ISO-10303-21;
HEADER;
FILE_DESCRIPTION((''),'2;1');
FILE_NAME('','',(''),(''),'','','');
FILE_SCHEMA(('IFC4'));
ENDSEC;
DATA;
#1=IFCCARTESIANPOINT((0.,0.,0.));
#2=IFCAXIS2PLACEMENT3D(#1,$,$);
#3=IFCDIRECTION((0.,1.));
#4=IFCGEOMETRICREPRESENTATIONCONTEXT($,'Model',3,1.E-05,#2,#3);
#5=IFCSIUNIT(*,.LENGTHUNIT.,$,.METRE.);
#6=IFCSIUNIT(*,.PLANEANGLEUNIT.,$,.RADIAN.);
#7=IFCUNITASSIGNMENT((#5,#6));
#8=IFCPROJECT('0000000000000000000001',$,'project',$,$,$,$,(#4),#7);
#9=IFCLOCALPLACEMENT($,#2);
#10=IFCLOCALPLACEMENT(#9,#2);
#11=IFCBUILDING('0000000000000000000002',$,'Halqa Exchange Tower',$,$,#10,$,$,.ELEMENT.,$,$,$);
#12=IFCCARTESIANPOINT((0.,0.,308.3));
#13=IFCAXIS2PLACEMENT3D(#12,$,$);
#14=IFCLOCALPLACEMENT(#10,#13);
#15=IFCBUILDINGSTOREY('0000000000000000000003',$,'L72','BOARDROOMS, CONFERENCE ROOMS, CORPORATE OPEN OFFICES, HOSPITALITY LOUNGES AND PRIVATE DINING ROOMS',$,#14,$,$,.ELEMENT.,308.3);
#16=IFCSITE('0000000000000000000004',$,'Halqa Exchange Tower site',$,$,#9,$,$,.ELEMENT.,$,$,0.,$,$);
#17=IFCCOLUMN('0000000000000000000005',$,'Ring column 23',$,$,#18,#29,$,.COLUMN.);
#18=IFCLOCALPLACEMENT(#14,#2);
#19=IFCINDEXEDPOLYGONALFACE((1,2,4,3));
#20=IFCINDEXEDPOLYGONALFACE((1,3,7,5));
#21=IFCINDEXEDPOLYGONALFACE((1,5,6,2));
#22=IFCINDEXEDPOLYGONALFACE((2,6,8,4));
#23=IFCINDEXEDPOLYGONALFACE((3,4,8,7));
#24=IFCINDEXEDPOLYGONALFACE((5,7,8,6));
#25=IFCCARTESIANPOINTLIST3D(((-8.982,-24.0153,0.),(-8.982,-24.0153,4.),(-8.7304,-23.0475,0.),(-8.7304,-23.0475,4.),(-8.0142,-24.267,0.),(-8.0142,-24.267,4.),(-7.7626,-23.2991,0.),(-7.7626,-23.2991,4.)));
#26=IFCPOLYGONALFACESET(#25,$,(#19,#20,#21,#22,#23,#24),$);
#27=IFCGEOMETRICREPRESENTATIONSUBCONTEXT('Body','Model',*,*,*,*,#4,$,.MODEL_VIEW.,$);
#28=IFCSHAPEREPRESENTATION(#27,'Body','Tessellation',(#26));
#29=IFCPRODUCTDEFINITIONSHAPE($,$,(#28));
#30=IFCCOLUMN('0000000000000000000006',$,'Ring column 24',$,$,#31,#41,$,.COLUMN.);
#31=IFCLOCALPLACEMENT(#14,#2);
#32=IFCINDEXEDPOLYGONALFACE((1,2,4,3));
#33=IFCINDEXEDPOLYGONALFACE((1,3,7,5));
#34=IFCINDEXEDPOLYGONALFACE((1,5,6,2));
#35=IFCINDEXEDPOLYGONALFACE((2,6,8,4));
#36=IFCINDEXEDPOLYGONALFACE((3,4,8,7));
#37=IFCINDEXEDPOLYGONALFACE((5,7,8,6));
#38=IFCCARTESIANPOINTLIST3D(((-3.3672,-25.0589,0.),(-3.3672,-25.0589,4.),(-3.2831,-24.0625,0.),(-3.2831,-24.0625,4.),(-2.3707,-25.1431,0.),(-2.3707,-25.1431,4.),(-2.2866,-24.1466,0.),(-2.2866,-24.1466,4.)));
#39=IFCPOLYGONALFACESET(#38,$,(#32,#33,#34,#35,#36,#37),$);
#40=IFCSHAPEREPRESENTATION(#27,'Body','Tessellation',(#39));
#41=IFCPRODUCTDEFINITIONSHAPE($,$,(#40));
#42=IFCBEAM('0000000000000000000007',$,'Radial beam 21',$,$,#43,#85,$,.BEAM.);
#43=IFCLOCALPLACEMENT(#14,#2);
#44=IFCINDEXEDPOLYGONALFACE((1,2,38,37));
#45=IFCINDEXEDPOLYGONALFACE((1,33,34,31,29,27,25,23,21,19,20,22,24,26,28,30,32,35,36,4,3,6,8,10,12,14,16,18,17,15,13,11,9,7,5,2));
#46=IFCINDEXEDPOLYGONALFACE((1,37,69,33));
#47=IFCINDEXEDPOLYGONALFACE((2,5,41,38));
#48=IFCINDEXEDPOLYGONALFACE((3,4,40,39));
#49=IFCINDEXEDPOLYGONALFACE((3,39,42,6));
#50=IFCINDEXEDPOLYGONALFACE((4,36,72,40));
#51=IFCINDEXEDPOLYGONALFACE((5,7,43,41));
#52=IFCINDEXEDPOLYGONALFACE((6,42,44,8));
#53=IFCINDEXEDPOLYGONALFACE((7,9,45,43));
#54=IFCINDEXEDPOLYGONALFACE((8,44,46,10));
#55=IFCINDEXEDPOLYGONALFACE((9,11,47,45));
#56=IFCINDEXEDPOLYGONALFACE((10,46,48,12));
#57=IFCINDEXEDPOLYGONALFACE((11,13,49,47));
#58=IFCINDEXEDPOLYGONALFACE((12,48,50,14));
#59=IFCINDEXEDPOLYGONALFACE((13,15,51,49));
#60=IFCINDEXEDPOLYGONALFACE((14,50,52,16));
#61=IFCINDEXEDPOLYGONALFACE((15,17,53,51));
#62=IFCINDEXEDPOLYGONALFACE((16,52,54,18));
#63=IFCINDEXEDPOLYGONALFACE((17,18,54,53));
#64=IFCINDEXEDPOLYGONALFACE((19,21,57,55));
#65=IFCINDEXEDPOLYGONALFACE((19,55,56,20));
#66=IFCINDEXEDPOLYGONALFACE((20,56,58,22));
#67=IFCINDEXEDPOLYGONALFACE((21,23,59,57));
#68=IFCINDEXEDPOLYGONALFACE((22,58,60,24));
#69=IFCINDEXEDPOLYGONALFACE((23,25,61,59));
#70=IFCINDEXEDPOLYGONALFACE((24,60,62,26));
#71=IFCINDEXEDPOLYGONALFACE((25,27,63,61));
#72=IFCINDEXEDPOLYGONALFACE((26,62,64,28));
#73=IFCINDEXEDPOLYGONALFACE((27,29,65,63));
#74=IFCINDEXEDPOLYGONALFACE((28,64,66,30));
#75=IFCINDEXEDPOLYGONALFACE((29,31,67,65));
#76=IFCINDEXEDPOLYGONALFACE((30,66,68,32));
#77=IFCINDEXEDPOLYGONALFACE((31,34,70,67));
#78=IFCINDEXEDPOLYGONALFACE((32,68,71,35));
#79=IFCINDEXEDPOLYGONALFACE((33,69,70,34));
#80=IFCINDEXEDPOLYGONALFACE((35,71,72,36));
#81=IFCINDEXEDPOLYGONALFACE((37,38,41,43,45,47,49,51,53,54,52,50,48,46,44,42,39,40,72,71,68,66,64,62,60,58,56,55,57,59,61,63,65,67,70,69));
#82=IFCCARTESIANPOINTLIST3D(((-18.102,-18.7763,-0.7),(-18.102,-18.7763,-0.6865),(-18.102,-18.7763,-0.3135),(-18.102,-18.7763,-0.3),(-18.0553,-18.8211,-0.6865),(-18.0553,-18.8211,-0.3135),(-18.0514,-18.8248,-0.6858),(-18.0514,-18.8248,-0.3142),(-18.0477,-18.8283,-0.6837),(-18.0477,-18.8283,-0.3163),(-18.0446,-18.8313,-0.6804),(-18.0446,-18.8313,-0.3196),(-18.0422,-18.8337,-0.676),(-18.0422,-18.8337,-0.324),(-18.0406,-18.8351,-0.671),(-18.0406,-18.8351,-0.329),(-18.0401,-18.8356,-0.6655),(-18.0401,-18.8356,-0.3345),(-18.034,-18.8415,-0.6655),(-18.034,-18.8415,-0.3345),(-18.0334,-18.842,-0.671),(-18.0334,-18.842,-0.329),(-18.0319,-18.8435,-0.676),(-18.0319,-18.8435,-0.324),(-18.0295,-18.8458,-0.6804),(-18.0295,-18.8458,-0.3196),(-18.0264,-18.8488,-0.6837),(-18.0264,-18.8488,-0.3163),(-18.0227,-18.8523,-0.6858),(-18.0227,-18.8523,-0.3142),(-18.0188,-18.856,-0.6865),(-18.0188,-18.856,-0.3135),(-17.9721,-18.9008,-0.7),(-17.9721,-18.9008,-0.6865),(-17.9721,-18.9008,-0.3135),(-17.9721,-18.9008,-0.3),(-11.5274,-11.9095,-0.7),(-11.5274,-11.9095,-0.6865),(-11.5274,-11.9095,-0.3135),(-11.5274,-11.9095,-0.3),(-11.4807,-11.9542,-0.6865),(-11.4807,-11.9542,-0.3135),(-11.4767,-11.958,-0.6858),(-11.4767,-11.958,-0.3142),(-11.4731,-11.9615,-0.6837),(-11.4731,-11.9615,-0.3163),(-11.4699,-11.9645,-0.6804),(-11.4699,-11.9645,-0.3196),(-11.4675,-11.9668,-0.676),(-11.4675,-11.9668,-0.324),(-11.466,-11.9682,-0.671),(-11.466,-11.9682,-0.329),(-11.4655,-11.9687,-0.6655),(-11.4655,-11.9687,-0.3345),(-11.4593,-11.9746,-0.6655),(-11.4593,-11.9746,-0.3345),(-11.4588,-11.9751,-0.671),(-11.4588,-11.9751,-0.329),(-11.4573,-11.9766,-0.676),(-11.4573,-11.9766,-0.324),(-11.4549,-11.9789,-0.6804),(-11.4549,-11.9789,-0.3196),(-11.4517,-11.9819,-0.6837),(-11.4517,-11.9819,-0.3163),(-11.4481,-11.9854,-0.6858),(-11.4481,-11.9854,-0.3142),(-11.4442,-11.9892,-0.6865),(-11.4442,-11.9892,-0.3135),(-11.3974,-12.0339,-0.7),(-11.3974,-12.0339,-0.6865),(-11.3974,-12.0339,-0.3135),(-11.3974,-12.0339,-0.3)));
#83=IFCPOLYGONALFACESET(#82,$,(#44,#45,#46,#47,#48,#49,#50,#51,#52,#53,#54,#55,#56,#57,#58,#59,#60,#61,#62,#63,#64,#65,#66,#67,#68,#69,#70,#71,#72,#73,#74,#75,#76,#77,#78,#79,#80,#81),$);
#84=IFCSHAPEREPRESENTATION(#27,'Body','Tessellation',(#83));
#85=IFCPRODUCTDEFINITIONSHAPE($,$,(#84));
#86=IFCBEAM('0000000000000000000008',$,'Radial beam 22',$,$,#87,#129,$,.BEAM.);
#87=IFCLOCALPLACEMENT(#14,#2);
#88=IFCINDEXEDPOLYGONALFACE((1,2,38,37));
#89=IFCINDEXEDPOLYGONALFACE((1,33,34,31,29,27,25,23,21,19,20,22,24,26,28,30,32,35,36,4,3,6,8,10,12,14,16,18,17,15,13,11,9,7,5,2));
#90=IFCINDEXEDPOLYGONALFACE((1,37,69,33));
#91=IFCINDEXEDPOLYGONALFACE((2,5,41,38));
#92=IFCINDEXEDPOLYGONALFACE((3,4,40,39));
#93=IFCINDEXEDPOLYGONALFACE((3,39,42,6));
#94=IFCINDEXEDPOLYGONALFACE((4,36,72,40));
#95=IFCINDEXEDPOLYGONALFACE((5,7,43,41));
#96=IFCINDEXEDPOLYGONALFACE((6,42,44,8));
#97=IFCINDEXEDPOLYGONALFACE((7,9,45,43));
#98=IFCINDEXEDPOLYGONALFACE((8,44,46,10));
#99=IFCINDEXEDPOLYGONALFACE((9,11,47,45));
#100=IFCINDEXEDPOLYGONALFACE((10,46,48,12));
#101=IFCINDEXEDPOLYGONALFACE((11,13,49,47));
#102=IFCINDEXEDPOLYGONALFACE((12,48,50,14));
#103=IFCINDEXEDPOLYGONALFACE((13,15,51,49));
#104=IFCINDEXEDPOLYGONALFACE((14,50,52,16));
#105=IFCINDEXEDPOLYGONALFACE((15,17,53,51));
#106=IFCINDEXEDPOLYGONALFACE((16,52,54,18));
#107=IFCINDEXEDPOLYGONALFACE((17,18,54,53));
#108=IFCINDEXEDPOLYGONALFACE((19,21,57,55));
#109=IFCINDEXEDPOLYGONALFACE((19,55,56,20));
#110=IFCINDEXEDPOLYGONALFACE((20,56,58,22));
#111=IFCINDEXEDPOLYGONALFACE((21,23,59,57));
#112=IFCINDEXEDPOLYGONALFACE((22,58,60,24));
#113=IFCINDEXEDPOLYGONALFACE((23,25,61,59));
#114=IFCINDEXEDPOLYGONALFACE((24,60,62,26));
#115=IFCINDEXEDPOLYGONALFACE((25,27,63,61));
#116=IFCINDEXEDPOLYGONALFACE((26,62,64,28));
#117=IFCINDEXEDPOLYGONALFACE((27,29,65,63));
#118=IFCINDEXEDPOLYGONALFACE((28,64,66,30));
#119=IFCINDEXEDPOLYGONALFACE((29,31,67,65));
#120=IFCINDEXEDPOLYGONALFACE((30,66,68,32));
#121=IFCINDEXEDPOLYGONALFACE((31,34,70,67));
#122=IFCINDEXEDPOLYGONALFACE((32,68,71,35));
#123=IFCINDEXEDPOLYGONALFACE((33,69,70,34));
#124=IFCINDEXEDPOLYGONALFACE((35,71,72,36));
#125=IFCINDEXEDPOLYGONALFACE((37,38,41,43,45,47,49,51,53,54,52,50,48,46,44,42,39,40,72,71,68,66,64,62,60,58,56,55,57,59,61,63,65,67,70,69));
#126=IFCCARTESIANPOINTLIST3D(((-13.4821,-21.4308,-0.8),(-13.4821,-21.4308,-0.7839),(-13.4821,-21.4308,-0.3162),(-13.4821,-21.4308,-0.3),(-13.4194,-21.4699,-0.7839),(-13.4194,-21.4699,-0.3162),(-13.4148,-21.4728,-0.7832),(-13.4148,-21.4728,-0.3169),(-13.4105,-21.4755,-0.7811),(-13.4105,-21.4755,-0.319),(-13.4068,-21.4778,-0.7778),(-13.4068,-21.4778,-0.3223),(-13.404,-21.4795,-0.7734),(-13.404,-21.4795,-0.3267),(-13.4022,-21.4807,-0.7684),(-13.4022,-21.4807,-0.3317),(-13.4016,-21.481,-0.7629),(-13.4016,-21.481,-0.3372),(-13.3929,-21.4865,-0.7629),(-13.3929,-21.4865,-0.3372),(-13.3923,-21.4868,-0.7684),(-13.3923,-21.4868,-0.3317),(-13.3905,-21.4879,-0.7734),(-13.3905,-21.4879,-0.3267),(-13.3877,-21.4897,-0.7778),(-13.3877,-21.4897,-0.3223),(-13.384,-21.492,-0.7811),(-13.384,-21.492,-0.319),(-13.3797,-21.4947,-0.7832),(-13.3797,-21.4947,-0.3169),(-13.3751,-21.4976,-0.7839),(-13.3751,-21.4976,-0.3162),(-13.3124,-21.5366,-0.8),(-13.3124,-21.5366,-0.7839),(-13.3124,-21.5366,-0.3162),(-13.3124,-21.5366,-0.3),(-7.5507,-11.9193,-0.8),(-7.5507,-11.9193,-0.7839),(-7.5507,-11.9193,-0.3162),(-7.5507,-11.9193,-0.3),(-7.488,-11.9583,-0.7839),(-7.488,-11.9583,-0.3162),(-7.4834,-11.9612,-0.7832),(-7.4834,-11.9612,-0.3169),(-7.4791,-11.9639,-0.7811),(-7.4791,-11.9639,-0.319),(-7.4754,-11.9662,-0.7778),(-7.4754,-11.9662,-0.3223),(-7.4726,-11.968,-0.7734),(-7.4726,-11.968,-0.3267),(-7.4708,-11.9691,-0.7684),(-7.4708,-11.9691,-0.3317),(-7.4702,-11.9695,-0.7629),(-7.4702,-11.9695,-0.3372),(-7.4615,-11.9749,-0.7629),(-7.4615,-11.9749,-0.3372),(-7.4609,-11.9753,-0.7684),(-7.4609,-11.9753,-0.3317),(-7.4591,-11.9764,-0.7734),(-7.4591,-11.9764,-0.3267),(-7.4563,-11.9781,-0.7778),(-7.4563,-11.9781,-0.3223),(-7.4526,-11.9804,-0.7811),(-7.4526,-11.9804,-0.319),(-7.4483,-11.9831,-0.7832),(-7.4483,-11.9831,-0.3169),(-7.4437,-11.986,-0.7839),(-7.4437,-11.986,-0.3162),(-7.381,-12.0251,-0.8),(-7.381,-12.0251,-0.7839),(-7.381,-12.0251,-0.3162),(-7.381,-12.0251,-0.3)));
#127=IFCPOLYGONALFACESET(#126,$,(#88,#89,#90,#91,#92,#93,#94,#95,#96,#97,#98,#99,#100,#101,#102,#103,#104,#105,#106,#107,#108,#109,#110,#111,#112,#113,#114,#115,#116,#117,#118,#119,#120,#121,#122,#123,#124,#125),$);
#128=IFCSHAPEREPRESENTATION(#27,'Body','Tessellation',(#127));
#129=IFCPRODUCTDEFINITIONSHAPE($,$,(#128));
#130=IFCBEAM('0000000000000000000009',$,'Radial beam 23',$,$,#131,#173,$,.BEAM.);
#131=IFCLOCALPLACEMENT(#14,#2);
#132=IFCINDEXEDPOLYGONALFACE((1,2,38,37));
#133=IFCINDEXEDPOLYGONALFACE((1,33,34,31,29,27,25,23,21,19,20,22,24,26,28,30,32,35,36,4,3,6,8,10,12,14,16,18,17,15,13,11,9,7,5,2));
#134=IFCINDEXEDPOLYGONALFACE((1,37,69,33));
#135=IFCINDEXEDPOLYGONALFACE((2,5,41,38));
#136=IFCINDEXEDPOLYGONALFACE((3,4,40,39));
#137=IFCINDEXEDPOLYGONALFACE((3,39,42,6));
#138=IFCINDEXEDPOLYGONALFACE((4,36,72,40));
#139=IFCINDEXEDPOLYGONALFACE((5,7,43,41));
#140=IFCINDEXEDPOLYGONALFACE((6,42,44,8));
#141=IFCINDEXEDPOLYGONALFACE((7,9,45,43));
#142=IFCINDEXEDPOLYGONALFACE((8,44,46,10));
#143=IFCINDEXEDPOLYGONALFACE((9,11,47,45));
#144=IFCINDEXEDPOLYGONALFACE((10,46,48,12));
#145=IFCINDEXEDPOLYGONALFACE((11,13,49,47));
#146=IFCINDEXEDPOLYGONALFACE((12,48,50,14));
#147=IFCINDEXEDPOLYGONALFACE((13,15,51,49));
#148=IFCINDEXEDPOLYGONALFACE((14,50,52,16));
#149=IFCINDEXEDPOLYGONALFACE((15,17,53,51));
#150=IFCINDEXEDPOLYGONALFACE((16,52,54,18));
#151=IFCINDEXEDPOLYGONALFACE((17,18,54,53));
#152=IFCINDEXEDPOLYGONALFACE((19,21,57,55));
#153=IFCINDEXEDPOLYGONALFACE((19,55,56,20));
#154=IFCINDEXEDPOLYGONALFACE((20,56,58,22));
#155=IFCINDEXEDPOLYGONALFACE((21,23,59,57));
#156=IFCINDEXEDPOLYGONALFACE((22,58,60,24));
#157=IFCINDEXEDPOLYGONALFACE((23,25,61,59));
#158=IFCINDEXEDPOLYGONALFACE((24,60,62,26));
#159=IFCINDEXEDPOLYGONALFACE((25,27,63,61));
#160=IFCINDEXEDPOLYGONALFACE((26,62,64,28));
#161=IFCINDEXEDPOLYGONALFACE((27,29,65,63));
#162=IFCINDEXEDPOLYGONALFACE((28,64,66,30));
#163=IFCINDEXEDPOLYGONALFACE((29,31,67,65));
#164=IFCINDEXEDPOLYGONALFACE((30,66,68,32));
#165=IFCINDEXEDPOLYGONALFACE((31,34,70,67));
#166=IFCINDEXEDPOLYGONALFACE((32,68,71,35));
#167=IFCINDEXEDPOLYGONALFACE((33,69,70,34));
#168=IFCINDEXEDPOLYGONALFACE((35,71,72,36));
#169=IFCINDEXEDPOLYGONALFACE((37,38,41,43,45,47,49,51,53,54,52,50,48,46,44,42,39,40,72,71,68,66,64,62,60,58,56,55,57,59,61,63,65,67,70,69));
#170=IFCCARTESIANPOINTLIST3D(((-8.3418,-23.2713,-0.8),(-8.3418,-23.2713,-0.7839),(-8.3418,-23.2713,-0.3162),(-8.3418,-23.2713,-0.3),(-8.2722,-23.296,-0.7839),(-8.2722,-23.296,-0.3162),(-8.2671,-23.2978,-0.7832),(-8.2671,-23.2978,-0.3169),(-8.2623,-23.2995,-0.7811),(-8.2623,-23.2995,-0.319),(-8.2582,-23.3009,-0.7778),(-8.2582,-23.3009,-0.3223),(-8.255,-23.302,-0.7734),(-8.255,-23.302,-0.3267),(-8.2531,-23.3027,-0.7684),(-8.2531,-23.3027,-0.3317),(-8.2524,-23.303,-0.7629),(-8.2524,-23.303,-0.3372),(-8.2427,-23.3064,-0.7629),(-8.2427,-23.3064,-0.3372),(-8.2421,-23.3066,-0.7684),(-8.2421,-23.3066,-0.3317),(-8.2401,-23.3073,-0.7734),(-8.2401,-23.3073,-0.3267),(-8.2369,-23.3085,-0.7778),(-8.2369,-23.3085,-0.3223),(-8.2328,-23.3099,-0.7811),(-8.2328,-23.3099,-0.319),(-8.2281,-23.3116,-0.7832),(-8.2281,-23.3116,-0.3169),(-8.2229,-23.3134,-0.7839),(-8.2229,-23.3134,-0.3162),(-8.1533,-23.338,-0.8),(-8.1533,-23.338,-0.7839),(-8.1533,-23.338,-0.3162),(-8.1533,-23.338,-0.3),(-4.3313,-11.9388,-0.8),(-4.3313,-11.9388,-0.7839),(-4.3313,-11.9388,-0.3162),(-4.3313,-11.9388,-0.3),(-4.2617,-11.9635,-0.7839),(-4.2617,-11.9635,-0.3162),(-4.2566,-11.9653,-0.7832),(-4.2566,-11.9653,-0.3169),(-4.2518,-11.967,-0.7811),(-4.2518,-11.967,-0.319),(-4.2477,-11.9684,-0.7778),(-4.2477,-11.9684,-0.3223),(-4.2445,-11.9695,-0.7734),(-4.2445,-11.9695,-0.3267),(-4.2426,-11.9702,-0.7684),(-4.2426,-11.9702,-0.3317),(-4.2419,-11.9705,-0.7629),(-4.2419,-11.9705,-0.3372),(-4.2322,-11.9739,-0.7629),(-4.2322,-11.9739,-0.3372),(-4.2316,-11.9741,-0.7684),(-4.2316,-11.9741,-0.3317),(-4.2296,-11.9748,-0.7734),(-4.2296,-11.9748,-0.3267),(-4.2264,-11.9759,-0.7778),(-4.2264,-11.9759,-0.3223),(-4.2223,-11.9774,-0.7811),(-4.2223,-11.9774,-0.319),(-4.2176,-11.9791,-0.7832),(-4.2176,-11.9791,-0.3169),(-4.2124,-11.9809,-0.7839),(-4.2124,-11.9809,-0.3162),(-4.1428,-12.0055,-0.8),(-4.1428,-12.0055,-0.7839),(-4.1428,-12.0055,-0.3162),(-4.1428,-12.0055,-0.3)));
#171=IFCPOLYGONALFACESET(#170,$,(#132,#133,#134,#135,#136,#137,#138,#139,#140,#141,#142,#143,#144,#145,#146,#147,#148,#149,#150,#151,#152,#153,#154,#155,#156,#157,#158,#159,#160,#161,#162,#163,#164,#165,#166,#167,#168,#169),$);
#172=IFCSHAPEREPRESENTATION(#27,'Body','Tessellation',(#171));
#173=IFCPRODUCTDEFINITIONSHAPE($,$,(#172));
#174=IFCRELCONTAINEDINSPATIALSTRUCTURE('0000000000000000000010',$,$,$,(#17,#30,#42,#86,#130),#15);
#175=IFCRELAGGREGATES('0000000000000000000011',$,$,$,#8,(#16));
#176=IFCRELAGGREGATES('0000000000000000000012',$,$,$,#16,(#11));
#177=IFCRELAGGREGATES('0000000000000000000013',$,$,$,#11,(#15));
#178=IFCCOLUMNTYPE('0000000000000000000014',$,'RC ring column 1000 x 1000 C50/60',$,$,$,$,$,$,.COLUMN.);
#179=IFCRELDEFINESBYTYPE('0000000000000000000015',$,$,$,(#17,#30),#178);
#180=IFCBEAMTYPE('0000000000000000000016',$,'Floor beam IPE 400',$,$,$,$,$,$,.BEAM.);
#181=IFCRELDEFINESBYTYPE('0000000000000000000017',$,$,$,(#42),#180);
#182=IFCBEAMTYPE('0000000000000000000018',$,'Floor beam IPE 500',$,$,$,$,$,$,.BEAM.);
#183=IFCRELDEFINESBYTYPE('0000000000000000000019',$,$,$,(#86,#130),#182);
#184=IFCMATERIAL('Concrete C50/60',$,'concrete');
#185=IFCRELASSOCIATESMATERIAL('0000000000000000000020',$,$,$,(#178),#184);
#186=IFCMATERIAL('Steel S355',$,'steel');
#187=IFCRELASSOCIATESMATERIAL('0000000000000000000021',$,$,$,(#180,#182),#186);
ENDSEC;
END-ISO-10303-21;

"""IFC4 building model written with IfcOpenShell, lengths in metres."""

from ifc_helpers import new_model, si_unit, direction, frame, origin, origin_2d, place, context, subcontext, project, spatial, rectangle, i_section, extrude, material, material_profile, profile_set, type_object, element, save


model = new_model("IFC4")

# Units and contexts
model_context = context("Model", 3, precision=1e-05, world=origin(), true_north=direction((0.0, 1.0)))
body_context = subcontext(model_context, "Body", "Model", "MODEL_VIEW")
ifc_project = project(units=[si_unit("LENGTHUNIT", "METRE"), si_unit("PLANEANGLEUNIT", "RADIAN")], contexts=[model_context])

# Site, building, storey
site_placement = place(None, origin())
site = spatial("IfcSite", under=ifc_project, at=site_placement, Name="Halqa Exchange Tower site", CompositionType="ELEMENT", RefElevation=0.0)
building_placement = place(site_placement, origin())
building = spatial("IfcBuilding", under=site, at=building_placement, Name="Halqa Exchange Tower", CompositionType="ELEMENT")
storey_placement = place(building_placement, frame((0.0, 0.0, 308.3)))
storey = spatial("IfcBuildingStorey", under=building, at=storey_placement, Name="L72", Description="BOARDROOMS, CONFERENCE ROOMS, CORPORATE OPEN OFFICES, HOSPITALITY LOUNGES AND PRIVATE DINING ROOMS", CompositionType="ELEMENT", Elevation=308.3)

# Columns
ifc_material_1 = material(Name="Concrete C50/60", Category="concrete")
ifc_material_profile_1 = material_profile(ifc_material_1, rectangle(XDim=1.0, YDim=1.0, at=origin_2d()), Name="1000 x 1000")
ifc_profile_set_1 = profile_set([ifc_material_profile_1], Name="Concrete C50/60")
column_type = type_object("IfcColumnType", Name="RC ring column 1000 x 1000 C50/60", PredefinedType="COLUMN", material=ifc_profile_set_1)
for number, where, z_axis, x_axis, name in (
    (1, (-8.3723, -23.6572, 0.0), (0.0, 0.0, 1.0), (0.96782, -0.251645, 0.0), "Ring column 23"),
    (2, (-2.8269, -24.6028, 0.0), (0.0, 0.0, 1.0), (0.996455, -0.084125, 0.0), "Ring column 24"),
):
    element("IfcColumn", number, at=place(storey_placement, frame(where, z_axis=z_axis, x_axis=x_axis)), inside=storey, type_object=column_type, Name=name, PredefinedType="COLUMN", context=body_context, shape_type="SweptSolid", body=[
        extrude(rectangle(XDim=1.0, YDim=1.0, at=origin_2d()), origin(), (0.0, 0.0, 1.0), 4.0),
    ])

# Beams
ifc_material_2 = material(Name="Steel S355", Category="steel")
ifc_material_profile_2 = material_profile(ifc_material_2, i_section(OverallWidth=0.1799, OverallDepth=0.3999, WebThickness=0.0085, FlangeThickness=0.0134, FilletRadius=0.021, at=origin_2d()), Name="IPE 400")
ifc_profile_set_2 = profile_set([ifc_material_profile_2], Name="Steel S355")
beam_type_1 = type_object("IfcBeamType", Name="Floor beam IPE 400", PredefinedType="BEAM", material=ifc_profile_set_2)
beam_1_placement = place(storey_placement, frame((-11.4624, -11.9717, -0.5), z_axis=(-0.69157, -0.722309, 0.0), x_axis=(0.722309, -0.69157, 0.0)))
element("IfcBeam", 3, at=beam_1_placement, inside=storey, type_object=beam_type_1, Name="Radial beam 21", PredefinedType="BEAM", context=body_context, shape_type="SweptSolid", body=[
    extrude(i_section(OverallWidth=0.1799, OverallDepth=0.3999, WebThickness=0.0085, FlangeThickness=0.0134, FilletRadius=0.021, at=origin_2d()), origin(), (0.0, 0.0, 1.0), 9.5068),
])
ifc_material_profile_3 = material_profile(ifc_material_2, i_section(OverallWidth=0.2, OverallDepth=0.5, WebThickness=0.0103, FlangeThickness=0.0161, FilletRadius=0.021, at=origin_2d()), Name="IPE 500")
ifc_profile_set_3 = profile_set([ifc_material_profile_3], Name="Steel S355")
beam_type_2 = type_object("IfcBeamType", Name="Floor beam IPE 500", PredefinedType="BEAM", material=ifc_profile_set_3)
beam_2_placement = place(storey_placement, frame((-7.4658, -11.9722, -0.55), z_axis=(-0.529147, -0.84853, 0.0), x_axis=(0.84853, -0.529147, 0.0)))
element("IfcBeam", 4, at=beam_2_placement, inside=storey, type_object=beam_type_2, Name="Radial beam 22", PredefinedType="BEAM", context=body_context, shape_type="SweptSolid", body=[
    extrude(i_section(OverallWidth=0.2, OverallDepth=0.5, WebThickness=0.0103, FlangeThickness=0.0161, FilletRadius=0.021, at=origin_2d()), origin(), (0.0, 0.0, 1.0), 11.2095),
])
beam_3_placement = place(storey_placement, frame((-4.2371, -11.9722, -0.55), z_axis=(-0.333618, -0.942708, 0.0), x_axis=(0.942708, -0.333618, 0.0)))
element("IfcBeam", 5, at=beam_3_placement, inside=storey, type_object=beam_type_2, Name="Radial beam 23", PredefinedType="BEAM", context=body_context, shape_type="SweptSolid", body=[
    extrude(i_section(OverallWidth=0.2, OverallDepth=0.5, WebThickness=0.0103, FlangeThickness=0.0161, FilletRadius=0.021, at=origin_2d()), origin(), (0.0, 0.0, 1.0), 12.0212),
])

save(model, "model.ifc")
